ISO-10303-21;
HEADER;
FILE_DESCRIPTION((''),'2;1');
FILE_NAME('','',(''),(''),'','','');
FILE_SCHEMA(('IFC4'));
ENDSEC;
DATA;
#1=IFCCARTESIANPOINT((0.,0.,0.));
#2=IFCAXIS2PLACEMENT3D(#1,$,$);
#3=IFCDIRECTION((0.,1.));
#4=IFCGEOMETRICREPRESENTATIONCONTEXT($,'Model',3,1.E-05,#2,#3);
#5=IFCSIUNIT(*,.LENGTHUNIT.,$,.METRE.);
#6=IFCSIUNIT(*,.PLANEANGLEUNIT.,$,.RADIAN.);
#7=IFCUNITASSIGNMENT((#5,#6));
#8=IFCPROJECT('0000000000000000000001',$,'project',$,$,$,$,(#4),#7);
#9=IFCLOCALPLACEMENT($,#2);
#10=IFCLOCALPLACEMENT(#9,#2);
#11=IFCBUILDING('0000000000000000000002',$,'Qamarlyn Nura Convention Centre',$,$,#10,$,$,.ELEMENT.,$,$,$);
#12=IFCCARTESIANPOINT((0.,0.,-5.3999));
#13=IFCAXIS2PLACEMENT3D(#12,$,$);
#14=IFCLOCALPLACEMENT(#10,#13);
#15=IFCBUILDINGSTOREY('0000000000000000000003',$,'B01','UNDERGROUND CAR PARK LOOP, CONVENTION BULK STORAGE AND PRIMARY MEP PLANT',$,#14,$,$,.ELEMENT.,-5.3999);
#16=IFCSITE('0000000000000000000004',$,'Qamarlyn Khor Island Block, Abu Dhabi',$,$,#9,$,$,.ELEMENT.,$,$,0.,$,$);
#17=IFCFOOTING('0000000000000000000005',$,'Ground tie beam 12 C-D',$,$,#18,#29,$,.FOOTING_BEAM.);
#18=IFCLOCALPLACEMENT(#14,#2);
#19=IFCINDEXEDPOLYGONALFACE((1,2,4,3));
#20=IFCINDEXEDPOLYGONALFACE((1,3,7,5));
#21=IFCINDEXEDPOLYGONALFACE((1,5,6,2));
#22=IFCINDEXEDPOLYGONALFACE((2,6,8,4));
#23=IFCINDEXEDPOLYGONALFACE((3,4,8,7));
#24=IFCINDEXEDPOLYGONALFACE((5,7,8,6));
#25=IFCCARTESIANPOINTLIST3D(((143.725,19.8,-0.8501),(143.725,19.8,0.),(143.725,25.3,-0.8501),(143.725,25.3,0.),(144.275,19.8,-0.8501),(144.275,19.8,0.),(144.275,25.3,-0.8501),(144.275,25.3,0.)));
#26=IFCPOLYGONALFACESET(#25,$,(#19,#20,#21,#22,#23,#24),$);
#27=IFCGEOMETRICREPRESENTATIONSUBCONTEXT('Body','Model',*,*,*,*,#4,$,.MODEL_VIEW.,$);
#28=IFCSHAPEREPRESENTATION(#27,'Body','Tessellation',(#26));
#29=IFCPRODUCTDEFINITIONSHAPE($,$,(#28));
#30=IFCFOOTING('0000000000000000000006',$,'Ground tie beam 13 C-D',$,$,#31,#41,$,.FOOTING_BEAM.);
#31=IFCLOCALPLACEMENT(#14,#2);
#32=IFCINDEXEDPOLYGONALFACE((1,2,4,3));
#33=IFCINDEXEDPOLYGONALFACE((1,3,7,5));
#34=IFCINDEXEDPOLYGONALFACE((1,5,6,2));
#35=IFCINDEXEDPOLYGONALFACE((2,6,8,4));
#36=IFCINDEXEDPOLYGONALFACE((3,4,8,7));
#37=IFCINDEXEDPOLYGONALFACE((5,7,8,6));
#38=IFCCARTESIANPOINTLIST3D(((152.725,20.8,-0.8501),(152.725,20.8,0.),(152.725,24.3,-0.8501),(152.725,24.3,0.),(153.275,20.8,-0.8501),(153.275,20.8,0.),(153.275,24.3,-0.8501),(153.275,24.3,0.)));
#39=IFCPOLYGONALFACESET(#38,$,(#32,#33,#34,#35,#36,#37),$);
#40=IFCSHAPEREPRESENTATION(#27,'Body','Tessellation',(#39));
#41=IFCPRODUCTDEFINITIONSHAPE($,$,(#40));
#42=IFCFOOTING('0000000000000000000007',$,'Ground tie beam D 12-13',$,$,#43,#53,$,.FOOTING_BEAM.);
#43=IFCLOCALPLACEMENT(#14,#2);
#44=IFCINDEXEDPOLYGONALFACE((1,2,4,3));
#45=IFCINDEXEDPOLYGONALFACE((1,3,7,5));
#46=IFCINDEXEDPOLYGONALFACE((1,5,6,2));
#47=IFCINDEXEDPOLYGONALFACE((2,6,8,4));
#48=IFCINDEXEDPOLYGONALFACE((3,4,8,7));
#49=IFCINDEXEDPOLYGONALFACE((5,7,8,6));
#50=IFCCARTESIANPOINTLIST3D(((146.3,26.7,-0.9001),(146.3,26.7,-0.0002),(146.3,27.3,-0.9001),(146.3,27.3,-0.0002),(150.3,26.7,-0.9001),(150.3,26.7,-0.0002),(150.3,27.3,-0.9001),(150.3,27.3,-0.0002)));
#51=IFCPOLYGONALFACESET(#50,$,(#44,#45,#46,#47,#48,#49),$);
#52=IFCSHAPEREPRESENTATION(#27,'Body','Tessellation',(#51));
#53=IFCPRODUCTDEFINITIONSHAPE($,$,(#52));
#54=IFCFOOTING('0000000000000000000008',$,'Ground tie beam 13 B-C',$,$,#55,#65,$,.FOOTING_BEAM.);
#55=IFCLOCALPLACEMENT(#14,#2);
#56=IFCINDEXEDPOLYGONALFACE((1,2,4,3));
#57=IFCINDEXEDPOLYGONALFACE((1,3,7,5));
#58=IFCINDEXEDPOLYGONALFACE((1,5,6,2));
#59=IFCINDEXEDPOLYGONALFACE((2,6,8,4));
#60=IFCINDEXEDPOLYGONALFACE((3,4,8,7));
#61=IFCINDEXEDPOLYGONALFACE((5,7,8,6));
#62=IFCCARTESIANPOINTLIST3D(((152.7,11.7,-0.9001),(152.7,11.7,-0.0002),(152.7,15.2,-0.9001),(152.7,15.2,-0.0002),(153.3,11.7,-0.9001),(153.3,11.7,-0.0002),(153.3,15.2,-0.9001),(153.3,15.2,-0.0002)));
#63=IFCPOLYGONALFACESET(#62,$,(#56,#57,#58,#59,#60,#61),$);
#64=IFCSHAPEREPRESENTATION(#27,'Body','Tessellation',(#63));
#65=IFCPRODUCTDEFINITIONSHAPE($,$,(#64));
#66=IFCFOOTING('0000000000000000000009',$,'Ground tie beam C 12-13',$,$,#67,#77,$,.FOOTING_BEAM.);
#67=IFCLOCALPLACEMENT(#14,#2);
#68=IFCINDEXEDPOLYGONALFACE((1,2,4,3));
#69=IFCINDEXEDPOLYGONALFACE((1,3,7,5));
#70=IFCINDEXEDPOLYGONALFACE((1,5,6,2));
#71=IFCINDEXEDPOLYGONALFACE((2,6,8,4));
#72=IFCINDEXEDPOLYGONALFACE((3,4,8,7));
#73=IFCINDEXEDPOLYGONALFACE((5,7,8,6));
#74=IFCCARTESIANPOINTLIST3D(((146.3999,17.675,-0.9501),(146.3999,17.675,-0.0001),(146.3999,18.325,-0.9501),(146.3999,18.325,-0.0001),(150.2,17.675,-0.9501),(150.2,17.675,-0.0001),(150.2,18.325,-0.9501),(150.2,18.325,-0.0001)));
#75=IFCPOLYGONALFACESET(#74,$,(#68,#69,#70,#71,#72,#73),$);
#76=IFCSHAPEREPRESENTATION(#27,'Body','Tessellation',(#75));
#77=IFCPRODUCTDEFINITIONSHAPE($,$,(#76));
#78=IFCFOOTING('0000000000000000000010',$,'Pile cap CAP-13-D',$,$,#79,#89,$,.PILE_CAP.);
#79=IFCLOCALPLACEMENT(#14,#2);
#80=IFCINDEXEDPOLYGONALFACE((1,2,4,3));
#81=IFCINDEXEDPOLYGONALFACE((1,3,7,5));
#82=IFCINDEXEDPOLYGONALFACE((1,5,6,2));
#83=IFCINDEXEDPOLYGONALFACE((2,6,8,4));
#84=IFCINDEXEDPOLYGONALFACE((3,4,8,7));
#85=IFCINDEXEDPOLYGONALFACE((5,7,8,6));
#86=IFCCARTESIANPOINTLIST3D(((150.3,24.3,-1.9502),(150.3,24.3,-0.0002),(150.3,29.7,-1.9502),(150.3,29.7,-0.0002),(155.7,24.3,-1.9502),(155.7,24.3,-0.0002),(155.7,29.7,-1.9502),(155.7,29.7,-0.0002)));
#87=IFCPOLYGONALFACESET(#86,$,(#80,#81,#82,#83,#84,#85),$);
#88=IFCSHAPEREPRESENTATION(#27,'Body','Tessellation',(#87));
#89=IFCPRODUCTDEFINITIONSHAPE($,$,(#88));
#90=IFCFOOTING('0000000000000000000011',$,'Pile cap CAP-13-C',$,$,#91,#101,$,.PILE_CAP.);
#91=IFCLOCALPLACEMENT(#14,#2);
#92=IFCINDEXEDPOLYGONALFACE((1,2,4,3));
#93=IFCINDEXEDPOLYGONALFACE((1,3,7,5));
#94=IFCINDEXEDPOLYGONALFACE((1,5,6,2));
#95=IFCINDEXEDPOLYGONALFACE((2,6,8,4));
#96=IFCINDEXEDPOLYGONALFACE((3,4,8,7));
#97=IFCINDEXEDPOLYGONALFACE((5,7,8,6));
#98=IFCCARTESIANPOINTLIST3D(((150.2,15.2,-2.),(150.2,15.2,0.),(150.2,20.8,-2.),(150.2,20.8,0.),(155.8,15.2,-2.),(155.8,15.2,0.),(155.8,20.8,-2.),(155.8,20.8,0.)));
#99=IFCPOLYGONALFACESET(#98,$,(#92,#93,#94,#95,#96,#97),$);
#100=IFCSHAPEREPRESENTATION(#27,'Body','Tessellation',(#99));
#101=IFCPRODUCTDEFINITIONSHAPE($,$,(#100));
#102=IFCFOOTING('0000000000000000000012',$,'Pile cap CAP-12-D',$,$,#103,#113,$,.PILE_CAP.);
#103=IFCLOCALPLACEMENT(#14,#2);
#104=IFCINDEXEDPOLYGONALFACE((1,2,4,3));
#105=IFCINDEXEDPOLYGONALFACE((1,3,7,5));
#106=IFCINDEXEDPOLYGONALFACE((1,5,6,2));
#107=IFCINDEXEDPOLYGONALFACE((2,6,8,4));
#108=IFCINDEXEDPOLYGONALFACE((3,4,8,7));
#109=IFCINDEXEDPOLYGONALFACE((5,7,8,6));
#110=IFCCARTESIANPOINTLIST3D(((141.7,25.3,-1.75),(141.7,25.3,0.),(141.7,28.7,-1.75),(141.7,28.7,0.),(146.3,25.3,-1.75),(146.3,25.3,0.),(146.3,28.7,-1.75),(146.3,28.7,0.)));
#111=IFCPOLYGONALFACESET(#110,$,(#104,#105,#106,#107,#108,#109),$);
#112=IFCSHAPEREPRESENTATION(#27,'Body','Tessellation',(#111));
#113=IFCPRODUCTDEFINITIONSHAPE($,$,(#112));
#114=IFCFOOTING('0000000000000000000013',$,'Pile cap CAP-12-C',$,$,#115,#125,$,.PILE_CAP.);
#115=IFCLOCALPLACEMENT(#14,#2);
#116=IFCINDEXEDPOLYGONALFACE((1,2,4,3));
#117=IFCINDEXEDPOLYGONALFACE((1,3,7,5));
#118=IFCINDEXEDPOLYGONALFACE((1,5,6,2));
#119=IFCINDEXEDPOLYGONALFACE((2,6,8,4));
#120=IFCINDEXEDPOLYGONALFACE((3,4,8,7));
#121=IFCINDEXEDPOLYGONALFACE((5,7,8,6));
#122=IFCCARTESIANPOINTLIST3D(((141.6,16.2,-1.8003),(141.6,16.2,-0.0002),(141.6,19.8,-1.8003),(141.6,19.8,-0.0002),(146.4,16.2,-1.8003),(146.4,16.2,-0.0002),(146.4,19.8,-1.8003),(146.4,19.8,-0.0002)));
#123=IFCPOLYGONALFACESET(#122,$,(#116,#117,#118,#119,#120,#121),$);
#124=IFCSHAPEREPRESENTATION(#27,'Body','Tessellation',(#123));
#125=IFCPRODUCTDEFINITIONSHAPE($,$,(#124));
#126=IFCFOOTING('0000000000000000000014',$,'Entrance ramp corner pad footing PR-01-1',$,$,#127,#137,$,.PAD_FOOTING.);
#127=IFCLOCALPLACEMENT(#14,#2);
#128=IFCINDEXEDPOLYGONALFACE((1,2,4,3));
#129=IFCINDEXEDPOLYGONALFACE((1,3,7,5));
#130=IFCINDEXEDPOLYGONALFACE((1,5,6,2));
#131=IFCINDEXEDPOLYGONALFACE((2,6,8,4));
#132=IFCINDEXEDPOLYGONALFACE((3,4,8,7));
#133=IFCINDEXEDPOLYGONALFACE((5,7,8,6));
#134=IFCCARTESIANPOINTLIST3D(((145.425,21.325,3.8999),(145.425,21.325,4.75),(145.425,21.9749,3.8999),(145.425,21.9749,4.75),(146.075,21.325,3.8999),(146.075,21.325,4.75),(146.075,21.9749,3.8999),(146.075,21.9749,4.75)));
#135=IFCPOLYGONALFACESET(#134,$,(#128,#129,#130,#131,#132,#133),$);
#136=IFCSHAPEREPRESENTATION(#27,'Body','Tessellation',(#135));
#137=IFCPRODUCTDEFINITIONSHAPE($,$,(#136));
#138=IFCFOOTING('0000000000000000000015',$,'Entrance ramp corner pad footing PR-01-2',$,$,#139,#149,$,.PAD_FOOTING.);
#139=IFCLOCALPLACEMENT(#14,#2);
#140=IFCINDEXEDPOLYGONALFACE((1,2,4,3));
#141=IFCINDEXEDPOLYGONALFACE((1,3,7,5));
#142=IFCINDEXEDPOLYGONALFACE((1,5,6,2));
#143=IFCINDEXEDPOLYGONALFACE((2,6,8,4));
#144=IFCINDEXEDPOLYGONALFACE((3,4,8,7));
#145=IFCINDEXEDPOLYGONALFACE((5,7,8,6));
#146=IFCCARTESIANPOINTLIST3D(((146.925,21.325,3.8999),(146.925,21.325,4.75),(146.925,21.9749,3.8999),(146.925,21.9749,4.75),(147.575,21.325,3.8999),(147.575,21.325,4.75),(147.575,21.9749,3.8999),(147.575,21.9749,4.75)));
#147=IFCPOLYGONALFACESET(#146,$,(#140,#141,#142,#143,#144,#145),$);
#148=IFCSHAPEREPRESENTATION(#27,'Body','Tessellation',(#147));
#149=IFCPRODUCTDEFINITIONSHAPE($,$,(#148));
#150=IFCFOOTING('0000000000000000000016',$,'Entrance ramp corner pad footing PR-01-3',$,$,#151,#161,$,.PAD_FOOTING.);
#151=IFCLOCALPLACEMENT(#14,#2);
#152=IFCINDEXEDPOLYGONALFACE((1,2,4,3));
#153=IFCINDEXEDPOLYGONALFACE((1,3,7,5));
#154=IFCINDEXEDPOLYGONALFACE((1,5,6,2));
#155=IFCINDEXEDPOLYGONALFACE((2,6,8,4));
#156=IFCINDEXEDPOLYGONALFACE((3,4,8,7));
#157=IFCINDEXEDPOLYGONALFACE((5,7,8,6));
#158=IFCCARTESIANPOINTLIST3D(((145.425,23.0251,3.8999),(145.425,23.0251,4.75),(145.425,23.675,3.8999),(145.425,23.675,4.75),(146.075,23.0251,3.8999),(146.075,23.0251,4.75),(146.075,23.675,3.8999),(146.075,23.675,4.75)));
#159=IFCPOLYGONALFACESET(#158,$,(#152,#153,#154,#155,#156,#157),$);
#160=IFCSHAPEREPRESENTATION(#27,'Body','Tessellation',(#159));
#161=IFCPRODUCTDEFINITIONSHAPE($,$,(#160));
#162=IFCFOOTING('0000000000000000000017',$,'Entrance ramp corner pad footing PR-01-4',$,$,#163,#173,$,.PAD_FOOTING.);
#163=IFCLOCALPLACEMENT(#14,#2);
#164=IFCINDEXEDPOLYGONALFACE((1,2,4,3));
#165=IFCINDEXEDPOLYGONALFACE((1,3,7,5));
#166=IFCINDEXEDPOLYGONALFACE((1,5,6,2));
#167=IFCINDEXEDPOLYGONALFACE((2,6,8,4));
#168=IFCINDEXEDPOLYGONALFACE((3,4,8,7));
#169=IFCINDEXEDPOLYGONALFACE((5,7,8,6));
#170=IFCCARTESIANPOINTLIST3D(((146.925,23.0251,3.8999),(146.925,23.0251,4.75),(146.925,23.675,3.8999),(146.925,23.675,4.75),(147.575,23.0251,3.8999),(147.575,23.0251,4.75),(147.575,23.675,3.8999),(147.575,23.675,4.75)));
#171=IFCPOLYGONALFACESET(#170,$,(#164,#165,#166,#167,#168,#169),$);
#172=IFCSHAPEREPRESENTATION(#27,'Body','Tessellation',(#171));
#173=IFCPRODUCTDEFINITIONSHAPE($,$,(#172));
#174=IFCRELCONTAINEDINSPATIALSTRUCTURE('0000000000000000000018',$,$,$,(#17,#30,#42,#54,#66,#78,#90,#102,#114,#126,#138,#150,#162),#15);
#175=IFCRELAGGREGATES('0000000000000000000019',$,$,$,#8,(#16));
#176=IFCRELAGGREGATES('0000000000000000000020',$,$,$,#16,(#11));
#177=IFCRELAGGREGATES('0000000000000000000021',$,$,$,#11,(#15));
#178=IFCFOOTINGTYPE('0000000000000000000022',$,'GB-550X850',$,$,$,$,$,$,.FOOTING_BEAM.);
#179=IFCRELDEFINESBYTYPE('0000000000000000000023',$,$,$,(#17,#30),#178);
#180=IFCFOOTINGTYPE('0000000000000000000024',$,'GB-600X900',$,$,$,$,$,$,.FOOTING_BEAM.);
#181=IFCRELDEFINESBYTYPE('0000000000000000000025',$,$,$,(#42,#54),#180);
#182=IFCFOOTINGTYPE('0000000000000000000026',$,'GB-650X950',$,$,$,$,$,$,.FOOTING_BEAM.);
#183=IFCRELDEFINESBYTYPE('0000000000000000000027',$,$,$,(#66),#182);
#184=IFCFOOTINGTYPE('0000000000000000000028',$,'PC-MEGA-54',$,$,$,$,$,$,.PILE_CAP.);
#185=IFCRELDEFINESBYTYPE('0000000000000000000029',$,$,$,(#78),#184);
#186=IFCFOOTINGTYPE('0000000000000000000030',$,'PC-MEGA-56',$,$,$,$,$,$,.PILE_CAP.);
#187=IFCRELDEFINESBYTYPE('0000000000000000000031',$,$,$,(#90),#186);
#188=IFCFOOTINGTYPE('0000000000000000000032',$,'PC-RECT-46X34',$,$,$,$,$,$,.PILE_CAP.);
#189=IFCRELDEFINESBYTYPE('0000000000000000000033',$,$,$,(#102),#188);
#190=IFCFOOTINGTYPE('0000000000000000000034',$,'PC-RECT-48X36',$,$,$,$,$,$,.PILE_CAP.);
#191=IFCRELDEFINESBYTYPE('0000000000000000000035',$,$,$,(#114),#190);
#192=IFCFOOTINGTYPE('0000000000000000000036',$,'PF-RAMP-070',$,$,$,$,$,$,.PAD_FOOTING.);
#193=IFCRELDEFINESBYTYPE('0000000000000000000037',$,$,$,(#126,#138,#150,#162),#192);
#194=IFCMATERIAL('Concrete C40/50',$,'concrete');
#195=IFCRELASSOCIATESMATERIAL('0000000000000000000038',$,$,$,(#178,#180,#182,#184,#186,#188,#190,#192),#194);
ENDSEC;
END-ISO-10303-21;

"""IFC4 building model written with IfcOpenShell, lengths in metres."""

from ifc_helpers import new_model, si_unit, direction, frame, origin, origin_2d, place, context, subcontext, project, spatial, rectangle, extrude, material, material_profile, profile_set, type_object, element, save


model = new_model("IFC4")

# Units and contexts
model_context = context("Model", 3, precision=1e-05, world=origin(), true_north=direction((0.0, 1.0)))
body_context = subcontext(model_context, "Body", "Model", "MODEL_VIEW")
ifc_project = project(units=[si_unit("LENGTHUNIT", "METRE"), si_unit("PLANEANGLEUNIT", "RADIAN")], contexts=[model_context])

# Site, building, storey
site_placement = place(None, origin())
site = spatial("IfcSite", under=ifc_project, at=site_placement, Name="Qamarlyn Khor Island Block, Abu Dhabi", CompositionType="ELEMENT", RefElevation=0.0)
building_placement = place(site_placement, origin())
building = spatial("IfcBuilding", under=site, at=building_placement, Name="Qamarlyn Nura Convention Centre", CompositionType="ELEMENT")
storey_placement = place(building_placement, frame((0.0, 0.0, -5.3999)))
storey = spatial("IfcBuildingStorey", under=building, at=storey_placement, Name="B01", Description="UNDERGROUND CAR PARK LOOP, CONVENTION BULK STORAGE AND PRIMARY MEP PLANT", CompositionType="ELEMENT", Elevation=-5.3999)

# Footings
ifc_material_1 = material(Name="Concrete C40/50", Category="concrete")
ifc_material_profile_1 = material_profile(ifc_material_1, rectangle(XDim=0.55, YDim=0.8501, at=origin_2d()), Name="RC GB 550x850")
ifc_profile_set_1 = profile_set([ifc_material_profile_1], Name="Concrete C40/50")
footing_type_1 = type_object("IfcFootingType", Name="GB-550X850", PredefinedType="FOOTING_BEAM", material=ifc_profile_set_1)
footing_1_placement = place(storey_placement, frame((144.0, 19.8, -0.425), z_axis=(0.0, 1.0, 0.0), x_axis=(-1.0, 0.0, 0.0)))
element("IfcFooting", 1, at=footing_1_placement, inside=storey, type_object=footing_type_1, Name="Ground tie beam 12 C-D", PredefinedType="FOOTING_BEAM", context=body_context, shape_type="SweptSolid", body=[
    extrude(rectangle(XDim=0.55, YDim=0.8501, at=origin_2d()), origin(), (0.0, 0.0, 1.0), 5.5),
])
footing_2_placement = place(storey_placement, frame((153.0, 20.8, -0.425), z_axis=(0.0, 1.0, 0.0), x_axis=(-1.0, 0.0, 0.0)))
element("IfcFooting", 2, at=footing_2_placement, inside=storey, type_object=footing_type_1, Name="Ground tie beam 13 C-D", PredefinedType="FOOTING_BEAM", context=body_context, shape_type="SweptSolid", body=[
    extrude(rectangle(XDim=0.55, YDim=0.8501, at=origin_2d()), origin(), (0.0, 0.0, 1.0), 3.5),
])
ifc_material_profile_2 = material_profile(ifc_material_1, rectangle(XDim=0.6001, YDim=0.8999, at=origin_2d()), Name="RC GB 600x900")
ifc_profile_set_2 = profile_set([ifc_material_profile_2], Name="Concrete C40/50")
footing_type_2 = type_object("IfcFootingType", Name="GB-600X900", PredefinedType="FOOTING_BEAM", material=ifc_profile_set_2)
footing_3_placement = place(storey_placement, frame((146.3, 27.0, -0.4502), z_axis=(1.0, 0.0, 0.0), x_axis=(0.0, 1.0, 0.0)))
element("IfcFooting", 3, at=footing_3_placement, inside=storey, type_object=footing_type_2, Name="Ground tie beam D 12-13", PredefinedType="FOOTING_BEAM", context=body_context, shape_type="SweptSolid", body=[
    extrude(rectangle(XDim=0.6001, YDim=0.8999, at=origin_2d()), origin(), (0.0, 0.0, 1.0), 4.0),
])
footing_4_placement = place(storey_placement, frame((153.0, 11.7, -0.4502), z_axis=(0.0, 1.0, 0.0), x_axis=(-1.0, 0.0, 0.0)))
element("IfcFooting", 4, at=footing_4_placement, inside=storey, type_object=footing_type_2, Name="Ground tie beam 13 B-C", PredefinedType="FOOTING_BEAM", context=body_context, shape_type="SweptSolid", body=[
    extrude(rectangle(XDim=0.6001, YDim=0.8999, at=origin_2d()), origin(), (0.0, 0.0, 1.0), 3.5),
])
ifc_material_profile_3 = material_profile(ifc_material_1, rectangle(XDim=0.6499, YDim=0.95, at=origin_2d()), Name="RC GB 650x950")
ifc_profile_set_3 = profile_set([ifc_material_profile_3], Name="Concrete C40/50")
footing_type_3 = type_object("IfcFootingType", Name="GB-650X950", PredefinedType="FOOTING_BEAM", material=ifc_profile_set_3)
footing_5_placement = place(storey_placement, frame((146.3999, 18.0, -0.4751), z_axis=(1.0, 0.0, 0.0), x_axis=(0.0, 1.0, 0.0)))
element("IfcFooting", 5, at=footing_5_placement, inside=storey, type_object=footing_type_3, Name="Ground tie beam C 12-13", PredefinedType="FOOTING_BEAM", context=body_context, shape_type="SweptSolid", body=[
    extrude(rectangle(XDim=0.6499, YDim=0.95, at=origin_2d()), origin(), (0.0, 0.0, 1.0), 3.8),
])
footing_type_4 = type_object("IfcFootingType", Name="PC-MEGA-54", PredefinedType="PILE_CAP", material=ifc_material_1)
footing_6_placement = place(storey_placement, frame((153.0, 27.0, -1.9502), z_axis=(0.0, 0.0, 1.0), x_axis=(1.0, 0.0, 0.0)))
element("IfcFooting", 6, at=footing_6_placement, inside=storey, type_object=footing_type_4, Name="Pile cap CAP-13-D", PredefinedType="PILE_CAP", context=body_context, shape_type="SweptSolid", body=[
    extrude(rectangle(XDim=5.3999, YDim=5.3999, at=origin_2d()), origin(), (0.0, 0.0, 1.0), 1.95),
])
footing_type_5 = type_object("IfcFootingType", Name="PC-MEGA-56", PredefinedType="PILE_CAP", material=ifc_material_1)
footing_7_placement = place(storey_placement, frame((153.0, 18.0, -2.0), z_axis=(0.0, 0.0, 1.0), x_axis=(1.0, 0.0, 0.0)))
element("IfcFooting", 7, at=footing_7_placement, inside=storey, type_object=footing_type_5, Name="Pile cap CAP-13-C", PredefinedType="PILE_CAP", context=body_context, shape_type="SweptSolid", body=[
    extrude(rectangle(XDim=5.6001, YDim=5.6001, at=origin_2d()), origin(), (0.0, 0.0, 1.0), 2.0),
])
footing_type_6 = type_object("IfcFootingType", Name="PC-RECT-46X34", PredefinedType="PILE_CAP", material=ifc_material_1)
footing_8_placement = place(storey_placement, frame((144.0, 27.0, -1.75), z_axis=(0.0, 0.0, 1.0), x_axis=(1.0, 0.0, 0.0)))
element("IfcFooting", 8, at=footing_8_placement, inside=storey, type_object=footing_type_6, Name="Pile cap CAP-12-D", PredefinedType="PILE_CAP", context=body_context, shape_type="SweptSolid", body=[
    extrude(rectangle(XDim=4.6001, YDim=3.3999, at=origin_2d()), origin(), (0.0, 0.0, 1.0), 1.75),
])
footing_type_7 = type_object("IfcFootingType", Name="PC-RECT-48X36", PredefinedType="PILE_CAP", material=ifc_material_1)
footing_9_placement = place(storey_placement, frame((144.0, 18.0, -1.8003), z_axis=(0.0, 0.0, 1.0), x_axis=(1.0, 0.0, 0.0)))
element("IfcFooting", 9, at=footing_9_placement, inside=storey, type_object=footing_type_7, Name="Pile cap CAP-12-C", PredefinedType="PILE_CAP", context=body_context, shape_type="SweptSolid", body=[
    extrude(rectangle(XDim=4.8, YDim=3.6001, at=origin_2d()), origin(), (0.0, 0.0, 1.0), 1.8),
])
footing_type_8 = type_object("IfcFootingType", Name="PF-RAMP-070", PredefinedType="PAD_FOOTING", material=ifc_material_1)
for number, where, z_axis, x_axis, name in (
    (10, (145.75, 21.6499, 3.8999), (0.0, 0.0, 1.0), (1.0, 0.0, 0.0), "Entrance ramp corner pad footing PR-01-1"),
    (11, (147.25, 21.6499, 3.8999), (0.0, 0.0, 1.0), (1.0, 0.0, 0.0), "Entrance ramp corner pad footing PR-01-2"),
    (12, (145.75, 23.3501, 3.8999), (0.0, 0.0, 1.0), (1.0, 0.0, 0.0), "Entrance ramp corner pad footing PR-01-3"),
    (13, (147.25, 23.3501, 3.8999), (0.0, 0.0, 1.0), (1.0, 0.0, 0.0), "Entrance ramp corner pad footing PR-01-4"),
):
    element("IfcFooting", number, at=place(storey_placement, frame(where, z_axis=z_axis, x_axis=x_axis)), inside=storey, type_object=footing_type_8, Name=name, PredefinedType="PAD_FOOTING", context=body_context, shape_type="SweptSolid", body=[
        extrude(rectangle(XDim=0.6499, YDim=0.6499, at=origin_2d()), origin(), (0.0, 0.0, 1.0), 0.8501),
    ])

save(model, "model.ifc")
